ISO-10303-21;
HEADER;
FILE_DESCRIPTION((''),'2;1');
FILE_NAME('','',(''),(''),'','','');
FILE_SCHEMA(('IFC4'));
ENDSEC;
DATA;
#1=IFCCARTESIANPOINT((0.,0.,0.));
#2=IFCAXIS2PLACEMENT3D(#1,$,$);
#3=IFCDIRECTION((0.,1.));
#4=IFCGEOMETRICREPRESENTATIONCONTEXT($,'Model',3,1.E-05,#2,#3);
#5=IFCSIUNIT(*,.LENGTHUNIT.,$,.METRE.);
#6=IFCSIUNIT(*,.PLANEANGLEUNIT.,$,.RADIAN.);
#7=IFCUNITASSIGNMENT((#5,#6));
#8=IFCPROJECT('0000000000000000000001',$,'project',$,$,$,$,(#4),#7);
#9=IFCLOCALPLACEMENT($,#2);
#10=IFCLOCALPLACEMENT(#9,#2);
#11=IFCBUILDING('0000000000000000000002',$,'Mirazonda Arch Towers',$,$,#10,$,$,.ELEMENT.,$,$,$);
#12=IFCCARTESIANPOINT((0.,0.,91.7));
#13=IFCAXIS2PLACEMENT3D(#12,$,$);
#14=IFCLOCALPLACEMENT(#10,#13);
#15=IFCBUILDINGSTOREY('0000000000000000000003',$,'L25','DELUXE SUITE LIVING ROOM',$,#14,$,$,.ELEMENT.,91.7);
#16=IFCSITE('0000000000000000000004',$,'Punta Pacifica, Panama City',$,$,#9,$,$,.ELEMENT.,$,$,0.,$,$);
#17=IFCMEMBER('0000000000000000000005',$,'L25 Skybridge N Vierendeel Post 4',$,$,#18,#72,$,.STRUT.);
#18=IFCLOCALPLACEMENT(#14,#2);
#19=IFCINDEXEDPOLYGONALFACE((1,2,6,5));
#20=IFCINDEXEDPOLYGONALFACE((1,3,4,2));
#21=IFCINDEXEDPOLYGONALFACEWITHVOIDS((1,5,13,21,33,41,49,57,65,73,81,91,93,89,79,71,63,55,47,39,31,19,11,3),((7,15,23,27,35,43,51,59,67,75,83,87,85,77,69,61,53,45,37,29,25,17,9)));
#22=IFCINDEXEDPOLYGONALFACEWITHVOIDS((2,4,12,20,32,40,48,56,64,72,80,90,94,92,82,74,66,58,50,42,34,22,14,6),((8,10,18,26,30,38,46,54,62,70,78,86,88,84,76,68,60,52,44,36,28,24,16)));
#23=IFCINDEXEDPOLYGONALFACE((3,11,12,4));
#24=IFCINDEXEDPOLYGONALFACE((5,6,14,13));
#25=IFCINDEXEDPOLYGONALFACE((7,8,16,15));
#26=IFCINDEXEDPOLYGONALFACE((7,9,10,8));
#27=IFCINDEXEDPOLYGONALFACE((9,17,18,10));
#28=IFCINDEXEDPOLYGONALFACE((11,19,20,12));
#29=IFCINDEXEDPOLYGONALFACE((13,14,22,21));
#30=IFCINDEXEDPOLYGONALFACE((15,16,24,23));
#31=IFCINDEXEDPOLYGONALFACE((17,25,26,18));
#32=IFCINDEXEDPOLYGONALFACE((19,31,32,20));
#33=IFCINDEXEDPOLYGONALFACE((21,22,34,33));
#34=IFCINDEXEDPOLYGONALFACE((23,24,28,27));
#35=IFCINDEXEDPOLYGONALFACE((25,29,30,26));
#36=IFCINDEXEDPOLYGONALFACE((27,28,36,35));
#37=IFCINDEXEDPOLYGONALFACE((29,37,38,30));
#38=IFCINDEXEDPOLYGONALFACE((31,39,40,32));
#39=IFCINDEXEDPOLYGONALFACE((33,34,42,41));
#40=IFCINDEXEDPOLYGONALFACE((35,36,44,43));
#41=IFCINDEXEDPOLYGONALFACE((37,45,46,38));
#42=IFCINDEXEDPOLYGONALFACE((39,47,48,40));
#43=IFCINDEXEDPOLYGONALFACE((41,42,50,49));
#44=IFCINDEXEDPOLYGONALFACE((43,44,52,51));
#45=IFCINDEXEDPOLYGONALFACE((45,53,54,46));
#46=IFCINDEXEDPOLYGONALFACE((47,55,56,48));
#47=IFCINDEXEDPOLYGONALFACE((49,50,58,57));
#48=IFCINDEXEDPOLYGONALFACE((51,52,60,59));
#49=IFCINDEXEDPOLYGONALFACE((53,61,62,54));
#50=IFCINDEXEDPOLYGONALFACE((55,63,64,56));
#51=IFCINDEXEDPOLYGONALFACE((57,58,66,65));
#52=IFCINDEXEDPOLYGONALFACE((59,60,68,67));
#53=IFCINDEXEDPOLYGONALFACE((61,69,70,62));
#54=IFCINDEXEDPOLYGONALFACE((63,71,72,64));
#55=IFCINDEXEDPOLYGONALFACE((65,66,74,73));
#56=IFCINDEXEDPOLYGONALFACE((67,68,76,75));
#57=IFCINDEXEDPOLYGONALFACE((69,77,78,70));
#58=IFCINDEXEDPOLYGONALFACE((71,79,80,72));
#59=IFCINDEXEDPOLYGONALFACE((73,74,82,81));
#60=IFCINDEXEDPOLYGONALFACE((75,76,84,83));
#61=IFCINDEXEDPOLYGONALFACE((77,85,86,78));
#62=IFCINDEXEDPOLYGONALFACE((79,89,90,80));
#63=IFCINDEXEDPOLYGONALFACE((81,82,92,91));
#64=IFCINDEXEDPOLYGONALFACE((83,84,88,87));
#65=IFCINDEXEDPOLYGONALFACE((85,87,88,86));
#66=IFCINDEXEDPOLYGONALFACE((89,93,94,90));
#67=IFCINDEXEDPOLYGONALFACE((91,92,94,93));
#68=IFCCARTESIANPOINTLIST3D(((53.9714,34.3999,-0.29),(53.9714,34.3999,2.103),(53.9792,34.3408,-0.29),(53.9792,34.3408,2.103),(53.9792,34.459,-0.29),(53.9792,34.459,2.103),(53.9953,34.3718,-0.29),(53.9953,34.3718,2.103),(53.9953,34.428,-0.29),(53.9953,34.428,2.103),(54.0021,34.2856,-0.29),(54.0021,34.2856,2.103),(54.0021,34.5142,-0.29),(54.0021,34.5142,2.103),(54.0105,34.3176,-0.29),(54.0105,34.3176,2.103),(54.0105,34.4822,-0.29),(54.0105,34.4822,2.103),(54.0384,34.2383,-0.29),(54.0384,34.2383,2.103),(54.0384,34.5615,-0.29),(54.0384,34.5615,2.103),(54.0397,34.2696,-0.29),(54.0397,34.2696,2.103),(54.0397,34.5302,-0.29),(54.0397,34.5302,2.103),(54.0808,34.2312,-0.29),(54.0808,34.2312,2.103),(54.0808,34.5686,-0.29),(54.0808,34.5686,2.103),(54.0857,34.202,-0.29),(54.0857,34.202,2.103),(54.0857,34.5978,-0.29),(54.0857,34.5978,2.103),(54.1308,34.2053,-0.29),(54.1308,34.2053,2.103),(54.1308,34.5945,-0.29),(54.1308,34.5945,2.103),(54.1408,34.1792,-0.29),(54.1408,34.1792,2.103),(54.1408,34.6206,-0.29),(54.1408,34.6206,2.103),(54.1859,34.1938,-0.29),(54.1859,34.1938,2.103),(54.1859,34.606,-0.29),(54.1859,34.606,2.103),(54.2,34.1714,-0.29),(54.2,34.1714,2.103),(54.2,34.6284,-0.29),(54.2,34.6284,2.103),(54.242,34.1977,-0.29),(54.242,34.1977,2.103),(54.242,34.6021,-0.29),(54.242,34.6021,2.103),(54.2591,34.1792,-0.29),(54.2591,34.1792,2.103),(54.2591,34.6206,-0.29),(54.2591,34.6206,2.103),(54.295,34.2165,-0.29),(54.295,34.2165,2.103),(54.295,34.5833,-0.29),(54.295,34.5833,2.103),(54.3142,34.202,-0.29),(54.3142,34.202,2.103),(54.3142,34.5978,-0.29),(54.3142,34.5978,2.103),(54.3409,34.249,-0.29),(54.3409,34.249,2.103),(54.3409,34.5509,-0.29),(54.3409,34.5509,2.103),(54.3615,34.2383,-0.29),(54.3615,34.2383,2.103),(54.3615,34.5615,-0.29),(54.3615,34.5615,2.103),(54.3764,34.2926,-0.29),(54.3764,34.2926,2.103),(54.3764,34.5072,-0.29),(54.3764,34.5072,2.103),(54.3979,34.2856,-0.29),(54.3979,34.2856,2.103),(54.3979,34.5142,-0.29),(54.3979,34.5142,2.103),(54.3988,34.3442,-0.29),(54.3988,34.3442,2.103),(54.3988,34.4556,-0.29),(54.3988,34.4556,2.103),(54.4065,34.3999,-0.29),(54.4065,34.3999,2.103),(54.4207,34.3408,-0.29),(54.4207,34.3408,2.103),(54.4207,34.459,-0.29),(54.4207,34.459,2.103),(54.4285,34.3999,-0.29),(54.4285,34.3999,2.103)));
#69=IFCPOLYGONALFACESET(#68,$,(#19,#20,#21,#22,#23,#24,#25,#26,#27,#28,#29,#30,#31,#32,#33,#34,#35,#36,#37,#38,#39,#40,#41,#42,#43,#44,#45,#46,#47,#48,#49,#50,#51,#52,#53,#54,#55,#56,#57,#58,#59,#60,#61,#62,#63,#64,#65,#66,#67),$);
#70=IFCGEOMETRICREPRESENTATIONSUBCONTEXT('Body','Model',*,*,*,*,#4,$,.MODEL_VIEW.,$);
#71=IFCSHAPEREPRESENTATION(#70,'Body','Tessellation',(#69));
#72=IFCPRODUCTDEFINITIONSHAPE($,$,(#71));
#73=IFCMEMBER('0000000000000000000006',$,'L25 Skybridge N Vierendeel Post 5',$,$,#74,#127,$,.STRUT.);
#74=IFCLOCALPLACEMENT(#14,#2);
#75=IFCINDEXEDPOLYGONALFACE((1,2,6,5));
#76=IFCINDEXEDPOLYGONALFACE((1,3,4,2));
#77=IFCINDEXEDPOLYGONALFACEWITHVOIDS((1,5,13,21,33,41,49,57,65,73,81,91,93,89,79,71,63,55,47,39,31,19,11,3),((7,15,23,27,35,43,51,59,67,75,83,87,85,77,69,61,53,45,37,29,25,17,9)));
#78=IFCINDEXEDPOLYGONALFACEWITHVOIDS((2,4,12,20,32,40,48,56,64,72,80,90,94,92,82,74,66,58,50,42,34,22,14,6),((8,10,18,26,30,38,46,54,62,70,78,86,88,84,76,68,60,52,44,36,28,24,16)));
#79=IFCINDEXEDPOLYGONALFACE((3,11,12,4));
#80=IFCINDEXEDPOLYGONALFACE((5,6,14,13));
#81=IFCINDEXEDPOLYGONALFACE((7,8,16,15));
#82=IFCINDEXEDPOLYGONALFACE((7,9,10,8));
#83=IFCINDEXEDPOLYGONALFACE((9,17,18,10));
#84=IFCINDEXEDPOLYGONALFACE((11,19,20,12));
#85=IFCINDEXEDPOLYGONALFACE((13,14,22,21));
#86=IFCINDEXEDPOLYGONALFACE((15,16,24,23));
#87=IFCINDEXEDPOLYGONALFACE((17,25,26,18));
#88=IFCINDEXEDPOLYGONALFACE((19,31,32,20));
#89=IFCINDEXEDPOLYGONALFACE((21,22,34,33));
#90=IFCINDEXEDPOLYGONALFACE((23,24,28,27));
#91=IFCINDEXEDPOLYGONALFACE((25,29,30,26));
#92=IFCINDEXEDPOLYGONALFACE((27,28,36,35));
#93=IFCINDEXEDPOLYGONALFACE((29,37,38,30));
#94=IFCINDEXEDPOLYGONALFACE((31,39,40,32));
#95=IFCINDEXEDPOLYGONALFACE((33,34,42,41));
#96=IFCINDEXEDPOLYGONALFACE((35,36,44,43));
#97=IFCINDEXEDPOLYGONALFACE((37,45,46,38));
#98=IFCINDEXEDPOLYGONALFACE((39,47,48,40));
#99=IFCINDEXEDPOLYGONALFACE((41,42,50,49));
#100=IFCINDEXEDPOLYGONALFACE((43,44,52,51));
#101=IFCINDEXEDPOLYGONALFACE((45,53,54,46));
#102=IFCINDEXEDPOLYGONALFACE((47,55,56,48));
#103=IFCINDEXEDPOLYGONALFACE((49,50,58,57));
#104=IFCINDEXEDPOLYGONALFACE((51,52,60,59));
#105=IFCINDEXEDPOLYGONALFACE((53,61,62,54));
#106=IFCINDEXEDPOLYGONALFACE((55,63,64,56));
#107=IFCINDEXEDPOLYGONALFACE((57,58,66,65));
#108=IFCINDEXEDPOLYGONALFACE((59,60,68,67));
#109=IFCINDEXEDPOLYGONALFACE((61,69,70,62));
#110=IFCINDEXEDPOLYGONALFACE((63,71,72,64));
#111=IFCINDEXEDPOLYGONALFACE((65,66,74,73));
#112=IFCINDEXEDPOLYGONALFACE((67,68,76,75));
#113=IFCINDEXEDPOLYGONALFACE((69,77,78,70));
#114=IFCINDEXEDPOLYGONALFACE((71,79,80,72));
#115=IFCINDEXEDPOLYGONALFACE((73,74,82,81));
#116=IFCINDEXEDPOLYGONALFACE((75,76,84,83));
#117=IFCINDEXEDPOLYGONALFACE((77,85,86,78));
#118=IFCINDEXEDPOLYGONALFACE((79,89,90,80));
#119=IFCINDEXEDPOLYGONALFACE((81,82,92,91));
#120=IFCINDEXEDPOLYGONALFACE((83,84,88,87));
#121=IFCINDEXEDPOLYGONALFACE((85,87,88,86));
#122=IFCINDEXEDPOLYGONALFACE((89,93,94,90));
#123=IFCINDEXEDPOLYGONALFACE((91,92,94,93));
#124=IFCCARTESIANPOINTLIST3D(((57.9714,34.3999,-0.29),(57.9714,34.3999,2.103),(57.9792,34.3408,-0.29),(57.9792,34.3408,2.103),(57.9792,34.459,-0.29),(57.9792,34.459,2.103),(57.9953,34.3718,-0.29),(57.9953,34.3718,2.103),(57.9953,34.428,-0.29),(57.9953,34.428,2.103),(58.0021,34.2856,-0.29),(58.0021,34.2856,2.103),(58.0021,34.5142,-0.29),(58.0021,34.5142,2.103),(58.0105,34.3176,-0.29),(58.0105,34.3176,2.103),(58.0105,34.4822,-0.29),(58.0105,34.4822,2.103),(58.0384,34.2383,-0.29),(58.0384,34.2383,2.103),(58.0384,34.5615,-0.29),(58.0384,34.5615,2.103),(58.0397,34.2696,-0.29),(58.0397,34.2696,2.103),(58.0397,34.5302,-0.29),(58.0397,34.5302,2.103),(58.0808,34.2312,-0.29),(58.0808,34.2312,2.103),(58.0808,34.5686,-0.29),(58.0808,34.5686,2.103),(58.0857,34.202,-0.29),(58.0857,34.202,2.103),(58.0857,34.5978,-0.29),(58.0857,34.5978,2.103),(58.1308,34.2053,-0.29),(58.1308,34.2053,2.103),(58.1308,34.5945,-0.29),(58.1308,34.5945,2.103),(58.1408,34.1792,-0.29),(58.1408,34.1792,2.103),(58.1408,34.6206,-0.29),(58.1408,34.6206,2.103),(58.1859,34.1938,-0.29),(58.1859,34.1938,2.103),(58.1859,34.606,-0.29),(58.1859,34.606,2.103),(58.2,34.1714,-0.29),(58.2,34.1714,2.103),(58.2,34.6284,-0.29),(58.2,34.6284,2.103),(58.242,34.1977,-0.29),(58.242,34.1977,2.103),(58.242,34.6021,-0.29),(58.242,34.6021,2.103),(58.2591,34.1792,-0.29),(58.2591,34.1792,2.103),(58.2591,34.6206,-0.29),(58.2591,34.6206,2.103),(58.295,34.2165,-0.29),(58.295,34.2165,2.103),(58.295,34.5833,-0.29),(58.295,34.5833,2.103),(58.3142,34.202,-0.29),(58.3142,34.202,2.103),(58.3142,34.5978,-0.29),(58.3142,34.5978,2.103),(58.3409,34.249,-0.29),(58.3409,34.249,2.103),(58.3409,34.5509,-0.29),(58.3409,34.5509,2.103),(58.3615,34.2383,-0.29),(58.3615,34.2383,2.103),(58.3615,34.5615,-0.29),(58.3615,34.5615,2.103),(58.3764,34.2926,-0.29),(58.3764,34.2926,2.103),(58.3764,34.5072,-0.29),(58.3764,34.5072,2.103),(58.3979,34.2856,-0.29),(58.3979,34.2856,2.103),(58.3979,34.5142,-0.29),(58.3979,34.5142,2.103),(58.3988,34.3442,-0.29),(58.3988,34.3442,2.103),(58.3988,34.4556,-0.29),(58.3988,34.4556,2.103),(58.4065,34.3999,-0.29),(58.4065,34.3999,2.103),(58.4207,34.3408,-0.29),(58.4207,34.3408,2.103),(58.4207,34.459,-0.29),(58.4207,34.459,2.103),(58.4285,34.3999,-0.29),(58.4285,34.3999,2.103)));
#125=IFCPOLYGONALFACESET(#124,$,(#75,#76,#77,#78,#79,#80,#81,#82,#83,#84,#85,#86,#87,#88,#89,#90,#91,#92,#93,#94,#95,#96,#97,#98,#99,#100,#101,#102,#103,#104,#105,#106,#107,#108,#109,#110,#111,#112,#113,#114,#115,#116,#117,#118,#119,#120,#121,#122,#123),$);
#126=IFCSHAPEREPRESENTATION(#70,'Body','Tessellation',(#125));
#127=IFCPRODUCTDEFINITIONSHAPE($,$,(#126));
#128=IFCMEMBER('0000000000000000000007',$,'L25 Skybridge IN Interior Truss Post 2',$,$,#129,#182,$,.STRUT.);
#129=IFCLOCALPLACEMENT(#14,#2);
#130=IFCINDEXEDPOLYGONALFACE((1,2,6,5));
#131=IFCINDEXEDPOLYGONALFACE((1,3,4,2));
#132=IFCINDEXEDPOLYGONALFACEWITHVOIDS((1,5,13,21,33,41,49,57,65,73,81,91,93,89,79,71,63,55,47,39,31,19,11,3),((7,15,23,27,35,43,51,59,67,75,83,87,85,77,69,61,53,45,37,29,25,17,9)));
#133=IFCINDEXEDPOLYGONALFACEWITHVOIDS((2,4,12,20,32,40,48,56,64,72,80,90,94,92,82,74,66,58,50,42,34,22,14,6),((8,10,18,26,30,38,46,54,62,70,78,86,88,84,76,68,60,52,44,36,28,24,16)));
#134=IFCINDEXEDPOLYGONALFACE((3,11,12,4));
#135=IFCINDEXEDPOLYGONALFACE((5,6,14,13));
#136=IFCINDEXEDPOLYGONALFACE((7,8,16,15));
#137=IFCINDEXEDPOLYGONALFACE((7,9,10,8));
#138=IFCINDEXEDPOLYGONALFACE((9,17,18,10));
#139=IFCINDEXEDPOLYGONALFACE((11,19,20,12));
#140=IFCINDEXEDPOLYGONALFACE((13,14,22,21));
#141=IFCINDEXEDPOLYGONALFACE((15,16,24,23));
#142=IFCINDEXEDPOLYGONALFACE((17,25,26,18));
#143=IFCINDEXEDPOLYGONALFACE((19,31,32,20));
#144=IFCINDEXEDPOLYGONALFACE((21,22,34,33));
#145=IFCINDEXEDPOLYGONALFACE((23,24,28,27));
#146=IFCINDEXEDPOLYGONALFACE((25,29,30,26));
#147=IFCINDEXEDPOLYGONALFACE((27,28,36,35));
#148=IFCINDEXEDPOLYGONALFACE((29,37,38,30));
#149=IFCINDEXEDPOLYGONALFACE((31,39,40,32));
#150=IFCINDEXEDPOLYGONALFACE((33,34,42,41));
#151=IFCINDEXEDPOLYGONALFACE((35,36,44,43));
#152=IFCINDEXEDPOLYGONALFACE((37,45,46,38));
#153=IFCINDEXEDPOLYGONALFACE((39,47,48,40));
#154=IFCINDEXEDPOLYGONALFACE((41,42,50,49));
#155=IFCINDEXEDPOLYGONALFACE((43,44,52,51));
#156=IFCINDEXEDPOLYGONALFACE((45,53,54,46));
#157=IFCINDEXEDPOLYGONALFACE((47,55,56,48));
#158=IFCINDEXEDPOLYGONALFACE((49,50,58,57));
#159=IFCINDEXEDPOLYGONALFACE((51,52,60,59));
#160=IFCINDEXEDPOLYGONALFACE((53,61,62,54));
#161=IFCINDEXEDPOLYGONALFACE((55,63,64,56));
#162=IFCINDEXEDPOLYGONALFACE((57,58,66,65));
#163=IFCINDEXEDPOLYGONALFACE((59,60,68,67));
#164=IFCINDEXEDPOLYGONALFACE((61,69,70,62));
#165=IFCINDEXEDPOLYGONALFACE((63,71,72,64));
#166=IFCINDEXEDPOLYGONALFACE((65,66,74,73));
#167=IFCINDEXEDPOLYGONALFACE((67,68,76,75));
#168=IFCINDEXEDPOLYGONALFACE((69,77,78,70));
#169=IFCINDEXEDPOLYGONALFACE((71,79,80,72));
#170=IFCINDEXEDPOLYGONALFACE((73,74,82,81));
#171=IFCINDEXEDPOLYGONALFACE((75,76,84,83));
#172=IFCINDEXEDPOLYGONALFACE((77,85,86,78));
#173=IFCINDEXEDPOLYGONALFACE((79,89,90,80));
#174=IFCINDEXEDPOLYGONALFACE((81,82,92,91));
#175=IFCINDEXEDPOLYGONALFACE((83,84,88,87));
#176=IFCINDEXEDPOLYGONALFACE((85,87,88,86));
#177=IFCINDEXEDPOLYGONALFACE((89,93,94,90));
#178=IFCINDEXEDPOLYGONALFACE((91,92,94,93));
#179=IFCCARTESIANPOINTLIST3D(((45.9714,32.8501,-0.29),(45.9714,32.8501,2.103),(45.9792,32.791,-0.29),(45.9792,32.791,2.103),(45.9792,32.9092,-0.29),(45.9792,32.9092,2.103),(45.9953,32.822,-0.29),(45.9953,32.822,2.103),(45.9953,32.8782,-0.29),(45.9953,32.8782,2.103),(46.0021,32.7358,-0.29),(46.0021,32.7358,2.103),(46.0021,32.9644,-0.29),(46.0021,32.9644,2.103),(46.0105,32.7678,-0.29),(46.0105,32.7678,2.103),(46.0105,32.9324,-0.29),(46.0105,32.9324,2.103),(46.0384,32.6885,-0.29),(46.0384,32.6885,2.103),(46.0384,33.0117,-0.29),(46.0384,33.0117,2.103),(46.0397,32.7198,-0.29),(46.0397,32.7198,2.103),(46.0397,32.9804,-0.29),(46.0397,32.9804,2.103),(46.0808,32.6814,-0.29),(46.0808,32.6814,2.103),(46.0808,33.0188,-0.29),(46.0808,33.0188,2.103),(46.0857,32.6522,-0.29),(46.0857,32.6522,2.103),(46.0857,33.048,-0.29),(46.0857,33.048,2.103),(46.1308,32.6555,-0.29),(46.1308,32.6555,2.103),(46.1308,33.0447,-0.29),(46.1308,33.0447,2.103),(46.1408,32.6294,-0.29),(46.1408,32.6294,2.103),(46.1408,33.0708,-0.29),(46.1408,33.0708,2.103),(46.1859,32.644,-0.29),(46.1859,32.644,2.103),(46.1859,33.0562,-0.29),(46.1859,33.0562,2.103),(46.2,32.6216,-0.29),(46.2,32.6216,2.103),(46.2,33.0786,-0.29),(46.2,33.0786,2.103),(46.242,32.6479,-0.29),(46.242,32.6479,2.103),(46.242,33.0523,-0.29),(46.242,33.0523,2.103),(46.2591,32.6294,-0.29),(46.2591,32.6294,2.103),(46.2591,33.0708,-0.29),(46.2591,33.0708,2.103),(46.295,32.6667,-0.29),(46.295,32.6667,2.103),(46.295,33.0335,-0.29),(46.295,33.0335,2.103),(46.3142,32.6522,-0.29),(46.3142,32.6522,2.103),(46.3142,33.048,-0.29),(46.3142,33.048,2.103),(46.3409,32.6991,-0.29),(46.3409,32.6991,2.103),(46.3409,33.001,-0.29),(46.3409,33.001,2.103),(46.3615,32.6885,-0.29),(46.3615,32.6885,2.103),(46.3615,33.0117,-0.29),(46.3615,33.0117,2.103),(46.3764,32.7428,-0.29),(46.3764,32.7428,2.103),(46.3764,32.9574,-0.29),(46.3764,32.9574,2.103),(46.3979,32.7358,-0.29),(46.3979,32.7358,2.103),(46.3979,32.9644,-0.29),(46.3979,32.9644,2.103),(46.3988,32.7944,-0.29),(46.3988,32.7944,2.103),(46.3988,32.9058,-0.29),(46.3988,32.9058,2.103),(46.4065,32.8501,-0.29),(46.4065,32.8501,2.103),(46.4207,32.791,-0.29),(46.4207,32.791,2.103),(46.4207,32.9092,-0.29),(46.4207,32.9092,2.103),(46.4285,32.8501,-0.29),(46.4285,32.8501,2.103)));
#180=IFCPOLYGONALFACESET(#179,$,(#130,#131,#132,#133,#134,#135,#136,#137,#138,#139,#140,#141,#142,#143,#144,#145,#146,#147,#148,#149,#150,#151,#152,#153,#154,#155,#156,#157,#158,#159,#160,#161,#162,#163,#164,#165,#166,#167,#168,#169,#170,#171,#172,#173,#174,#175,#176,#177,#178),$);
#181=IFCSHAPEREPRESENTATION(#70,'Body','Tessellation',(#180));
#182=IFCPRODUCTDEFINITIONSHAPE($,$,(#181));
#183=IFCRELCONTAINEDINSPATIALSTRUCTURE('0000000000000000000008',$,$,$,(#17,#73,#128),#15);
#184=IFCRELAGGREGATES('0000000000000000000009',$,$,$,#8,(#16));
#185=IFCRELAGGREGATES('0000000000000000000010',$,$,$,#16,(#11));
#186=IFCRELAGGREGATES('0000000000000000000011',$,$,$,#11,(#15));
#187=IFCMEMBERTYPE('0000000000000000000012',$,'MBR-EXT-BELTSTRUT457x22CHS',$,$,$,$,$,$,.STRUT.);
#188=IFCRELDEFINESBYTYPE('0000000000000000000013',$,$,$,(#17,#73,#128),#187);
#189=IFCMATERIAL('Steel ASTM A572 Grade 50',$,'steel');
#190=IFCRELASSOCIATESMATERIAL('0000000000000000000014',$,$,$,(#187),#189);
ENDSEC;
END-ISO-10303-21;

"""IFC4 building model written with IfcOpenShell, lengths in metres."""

from ifc_helpers import new_model, si_unit, direction, frame, origin, origin_2d, place, context, subcontext, project, spatial, hollow_circle, extrude, material, material_profile, profile_set, type_object, element, save


model = new_model("IFC4")

# Units and contexts
model_context = context("Model", 3, precision=1e-05, world=origin(), true_north=direction((0.0, 1.0)))
body_context = subcontext(model_context, "Body", "Model", "MODEL_VIEW")
ifc_project = project(units=[si_unit("LENGTHUNIT", "METRE"), si_unit("PLANEANGLEUNIT", "RADIAN")], contexts=[model_context])

# Site, building, storey
site_placement = place(None, origin())
site = spatial("IfcSite", under=ifc_project, at=site_placement, Name="Punta Pacifica, Panama City", CompositionType="ELEMENT", RefElevation=0.0)
building_placement = place(site_placement, origin())
building = spatial("IfcBuilding", under=site, at=building_placement, Name="Mirazonda Arch Towers", CompositionType="ELEMENT")
storey_placement = place(building_placement, frame((0.0, 0.0, 91.7)))
storey = spatial("IfcBuildingStorey", under=building, at=storey_placement, Name="L25", Description="DELUXE SUITE LIVING ROOM", CompositionType="ELEMENT", Elevation=91.7)

# Members
ifc_material_1 = material(Name="Steel ASTM A572 Grade 50", Category="steel")
ifc_material_profile_1 = material_profile(ifc_material_1, hollow_circle(Radius=0.2285, WallThickness=0.022, at=origin_2d()), Name="BELTSTRUT457x22CHS")
ifc_profile_set_1 = profile_set([ifc_material_profile_1], Name="Steel ASTM A572 Grade 50")
member_type_1 = type_object("IfcMemberType", Name="MBR-EXT-BELTSTRUT457x22CHS", PredefinedType="STRUT", material=ifc_profile_set_1)
for number, where, z_axis, x_axis, name in (
    (1, (54.2, 34.3999, -0.29), (0.0, 0.0, 1.0), (1.0, 0.0, 0.0), "L25 Skybridge N Vierendeel Post 4"),
    (2, (58.2, 34.3999, -0.29), (0.0, 0.0, 1.0), (1.0, 0.0, 0.0), "L25 Skybridge N Vierendeel Post 5"),
    (3, (46.2, 32.8501, -0.29), (0.0, 0.0, 1.0), (1.0, 0.0, 0.0), "L25 Skybridge IN Interior Truss Post 2"),
):
    element("IfcMember", number, at=place(storey_placement, frame(where, z_axis=z_axis, x_axis=x_axis)), inside=storey, type_object=member_type_1, Name=name, PredefinedType="STRUT", context=body_context, shape_type="SweptSolid", body=[
        extrude(hollow_circle(Radius=0.2285, WallThickness=0.022, at=origin_2d()), origin(), (0.0, 0.0, 1.0), 2.3931),
    ])

save(model, "model.ifc")
